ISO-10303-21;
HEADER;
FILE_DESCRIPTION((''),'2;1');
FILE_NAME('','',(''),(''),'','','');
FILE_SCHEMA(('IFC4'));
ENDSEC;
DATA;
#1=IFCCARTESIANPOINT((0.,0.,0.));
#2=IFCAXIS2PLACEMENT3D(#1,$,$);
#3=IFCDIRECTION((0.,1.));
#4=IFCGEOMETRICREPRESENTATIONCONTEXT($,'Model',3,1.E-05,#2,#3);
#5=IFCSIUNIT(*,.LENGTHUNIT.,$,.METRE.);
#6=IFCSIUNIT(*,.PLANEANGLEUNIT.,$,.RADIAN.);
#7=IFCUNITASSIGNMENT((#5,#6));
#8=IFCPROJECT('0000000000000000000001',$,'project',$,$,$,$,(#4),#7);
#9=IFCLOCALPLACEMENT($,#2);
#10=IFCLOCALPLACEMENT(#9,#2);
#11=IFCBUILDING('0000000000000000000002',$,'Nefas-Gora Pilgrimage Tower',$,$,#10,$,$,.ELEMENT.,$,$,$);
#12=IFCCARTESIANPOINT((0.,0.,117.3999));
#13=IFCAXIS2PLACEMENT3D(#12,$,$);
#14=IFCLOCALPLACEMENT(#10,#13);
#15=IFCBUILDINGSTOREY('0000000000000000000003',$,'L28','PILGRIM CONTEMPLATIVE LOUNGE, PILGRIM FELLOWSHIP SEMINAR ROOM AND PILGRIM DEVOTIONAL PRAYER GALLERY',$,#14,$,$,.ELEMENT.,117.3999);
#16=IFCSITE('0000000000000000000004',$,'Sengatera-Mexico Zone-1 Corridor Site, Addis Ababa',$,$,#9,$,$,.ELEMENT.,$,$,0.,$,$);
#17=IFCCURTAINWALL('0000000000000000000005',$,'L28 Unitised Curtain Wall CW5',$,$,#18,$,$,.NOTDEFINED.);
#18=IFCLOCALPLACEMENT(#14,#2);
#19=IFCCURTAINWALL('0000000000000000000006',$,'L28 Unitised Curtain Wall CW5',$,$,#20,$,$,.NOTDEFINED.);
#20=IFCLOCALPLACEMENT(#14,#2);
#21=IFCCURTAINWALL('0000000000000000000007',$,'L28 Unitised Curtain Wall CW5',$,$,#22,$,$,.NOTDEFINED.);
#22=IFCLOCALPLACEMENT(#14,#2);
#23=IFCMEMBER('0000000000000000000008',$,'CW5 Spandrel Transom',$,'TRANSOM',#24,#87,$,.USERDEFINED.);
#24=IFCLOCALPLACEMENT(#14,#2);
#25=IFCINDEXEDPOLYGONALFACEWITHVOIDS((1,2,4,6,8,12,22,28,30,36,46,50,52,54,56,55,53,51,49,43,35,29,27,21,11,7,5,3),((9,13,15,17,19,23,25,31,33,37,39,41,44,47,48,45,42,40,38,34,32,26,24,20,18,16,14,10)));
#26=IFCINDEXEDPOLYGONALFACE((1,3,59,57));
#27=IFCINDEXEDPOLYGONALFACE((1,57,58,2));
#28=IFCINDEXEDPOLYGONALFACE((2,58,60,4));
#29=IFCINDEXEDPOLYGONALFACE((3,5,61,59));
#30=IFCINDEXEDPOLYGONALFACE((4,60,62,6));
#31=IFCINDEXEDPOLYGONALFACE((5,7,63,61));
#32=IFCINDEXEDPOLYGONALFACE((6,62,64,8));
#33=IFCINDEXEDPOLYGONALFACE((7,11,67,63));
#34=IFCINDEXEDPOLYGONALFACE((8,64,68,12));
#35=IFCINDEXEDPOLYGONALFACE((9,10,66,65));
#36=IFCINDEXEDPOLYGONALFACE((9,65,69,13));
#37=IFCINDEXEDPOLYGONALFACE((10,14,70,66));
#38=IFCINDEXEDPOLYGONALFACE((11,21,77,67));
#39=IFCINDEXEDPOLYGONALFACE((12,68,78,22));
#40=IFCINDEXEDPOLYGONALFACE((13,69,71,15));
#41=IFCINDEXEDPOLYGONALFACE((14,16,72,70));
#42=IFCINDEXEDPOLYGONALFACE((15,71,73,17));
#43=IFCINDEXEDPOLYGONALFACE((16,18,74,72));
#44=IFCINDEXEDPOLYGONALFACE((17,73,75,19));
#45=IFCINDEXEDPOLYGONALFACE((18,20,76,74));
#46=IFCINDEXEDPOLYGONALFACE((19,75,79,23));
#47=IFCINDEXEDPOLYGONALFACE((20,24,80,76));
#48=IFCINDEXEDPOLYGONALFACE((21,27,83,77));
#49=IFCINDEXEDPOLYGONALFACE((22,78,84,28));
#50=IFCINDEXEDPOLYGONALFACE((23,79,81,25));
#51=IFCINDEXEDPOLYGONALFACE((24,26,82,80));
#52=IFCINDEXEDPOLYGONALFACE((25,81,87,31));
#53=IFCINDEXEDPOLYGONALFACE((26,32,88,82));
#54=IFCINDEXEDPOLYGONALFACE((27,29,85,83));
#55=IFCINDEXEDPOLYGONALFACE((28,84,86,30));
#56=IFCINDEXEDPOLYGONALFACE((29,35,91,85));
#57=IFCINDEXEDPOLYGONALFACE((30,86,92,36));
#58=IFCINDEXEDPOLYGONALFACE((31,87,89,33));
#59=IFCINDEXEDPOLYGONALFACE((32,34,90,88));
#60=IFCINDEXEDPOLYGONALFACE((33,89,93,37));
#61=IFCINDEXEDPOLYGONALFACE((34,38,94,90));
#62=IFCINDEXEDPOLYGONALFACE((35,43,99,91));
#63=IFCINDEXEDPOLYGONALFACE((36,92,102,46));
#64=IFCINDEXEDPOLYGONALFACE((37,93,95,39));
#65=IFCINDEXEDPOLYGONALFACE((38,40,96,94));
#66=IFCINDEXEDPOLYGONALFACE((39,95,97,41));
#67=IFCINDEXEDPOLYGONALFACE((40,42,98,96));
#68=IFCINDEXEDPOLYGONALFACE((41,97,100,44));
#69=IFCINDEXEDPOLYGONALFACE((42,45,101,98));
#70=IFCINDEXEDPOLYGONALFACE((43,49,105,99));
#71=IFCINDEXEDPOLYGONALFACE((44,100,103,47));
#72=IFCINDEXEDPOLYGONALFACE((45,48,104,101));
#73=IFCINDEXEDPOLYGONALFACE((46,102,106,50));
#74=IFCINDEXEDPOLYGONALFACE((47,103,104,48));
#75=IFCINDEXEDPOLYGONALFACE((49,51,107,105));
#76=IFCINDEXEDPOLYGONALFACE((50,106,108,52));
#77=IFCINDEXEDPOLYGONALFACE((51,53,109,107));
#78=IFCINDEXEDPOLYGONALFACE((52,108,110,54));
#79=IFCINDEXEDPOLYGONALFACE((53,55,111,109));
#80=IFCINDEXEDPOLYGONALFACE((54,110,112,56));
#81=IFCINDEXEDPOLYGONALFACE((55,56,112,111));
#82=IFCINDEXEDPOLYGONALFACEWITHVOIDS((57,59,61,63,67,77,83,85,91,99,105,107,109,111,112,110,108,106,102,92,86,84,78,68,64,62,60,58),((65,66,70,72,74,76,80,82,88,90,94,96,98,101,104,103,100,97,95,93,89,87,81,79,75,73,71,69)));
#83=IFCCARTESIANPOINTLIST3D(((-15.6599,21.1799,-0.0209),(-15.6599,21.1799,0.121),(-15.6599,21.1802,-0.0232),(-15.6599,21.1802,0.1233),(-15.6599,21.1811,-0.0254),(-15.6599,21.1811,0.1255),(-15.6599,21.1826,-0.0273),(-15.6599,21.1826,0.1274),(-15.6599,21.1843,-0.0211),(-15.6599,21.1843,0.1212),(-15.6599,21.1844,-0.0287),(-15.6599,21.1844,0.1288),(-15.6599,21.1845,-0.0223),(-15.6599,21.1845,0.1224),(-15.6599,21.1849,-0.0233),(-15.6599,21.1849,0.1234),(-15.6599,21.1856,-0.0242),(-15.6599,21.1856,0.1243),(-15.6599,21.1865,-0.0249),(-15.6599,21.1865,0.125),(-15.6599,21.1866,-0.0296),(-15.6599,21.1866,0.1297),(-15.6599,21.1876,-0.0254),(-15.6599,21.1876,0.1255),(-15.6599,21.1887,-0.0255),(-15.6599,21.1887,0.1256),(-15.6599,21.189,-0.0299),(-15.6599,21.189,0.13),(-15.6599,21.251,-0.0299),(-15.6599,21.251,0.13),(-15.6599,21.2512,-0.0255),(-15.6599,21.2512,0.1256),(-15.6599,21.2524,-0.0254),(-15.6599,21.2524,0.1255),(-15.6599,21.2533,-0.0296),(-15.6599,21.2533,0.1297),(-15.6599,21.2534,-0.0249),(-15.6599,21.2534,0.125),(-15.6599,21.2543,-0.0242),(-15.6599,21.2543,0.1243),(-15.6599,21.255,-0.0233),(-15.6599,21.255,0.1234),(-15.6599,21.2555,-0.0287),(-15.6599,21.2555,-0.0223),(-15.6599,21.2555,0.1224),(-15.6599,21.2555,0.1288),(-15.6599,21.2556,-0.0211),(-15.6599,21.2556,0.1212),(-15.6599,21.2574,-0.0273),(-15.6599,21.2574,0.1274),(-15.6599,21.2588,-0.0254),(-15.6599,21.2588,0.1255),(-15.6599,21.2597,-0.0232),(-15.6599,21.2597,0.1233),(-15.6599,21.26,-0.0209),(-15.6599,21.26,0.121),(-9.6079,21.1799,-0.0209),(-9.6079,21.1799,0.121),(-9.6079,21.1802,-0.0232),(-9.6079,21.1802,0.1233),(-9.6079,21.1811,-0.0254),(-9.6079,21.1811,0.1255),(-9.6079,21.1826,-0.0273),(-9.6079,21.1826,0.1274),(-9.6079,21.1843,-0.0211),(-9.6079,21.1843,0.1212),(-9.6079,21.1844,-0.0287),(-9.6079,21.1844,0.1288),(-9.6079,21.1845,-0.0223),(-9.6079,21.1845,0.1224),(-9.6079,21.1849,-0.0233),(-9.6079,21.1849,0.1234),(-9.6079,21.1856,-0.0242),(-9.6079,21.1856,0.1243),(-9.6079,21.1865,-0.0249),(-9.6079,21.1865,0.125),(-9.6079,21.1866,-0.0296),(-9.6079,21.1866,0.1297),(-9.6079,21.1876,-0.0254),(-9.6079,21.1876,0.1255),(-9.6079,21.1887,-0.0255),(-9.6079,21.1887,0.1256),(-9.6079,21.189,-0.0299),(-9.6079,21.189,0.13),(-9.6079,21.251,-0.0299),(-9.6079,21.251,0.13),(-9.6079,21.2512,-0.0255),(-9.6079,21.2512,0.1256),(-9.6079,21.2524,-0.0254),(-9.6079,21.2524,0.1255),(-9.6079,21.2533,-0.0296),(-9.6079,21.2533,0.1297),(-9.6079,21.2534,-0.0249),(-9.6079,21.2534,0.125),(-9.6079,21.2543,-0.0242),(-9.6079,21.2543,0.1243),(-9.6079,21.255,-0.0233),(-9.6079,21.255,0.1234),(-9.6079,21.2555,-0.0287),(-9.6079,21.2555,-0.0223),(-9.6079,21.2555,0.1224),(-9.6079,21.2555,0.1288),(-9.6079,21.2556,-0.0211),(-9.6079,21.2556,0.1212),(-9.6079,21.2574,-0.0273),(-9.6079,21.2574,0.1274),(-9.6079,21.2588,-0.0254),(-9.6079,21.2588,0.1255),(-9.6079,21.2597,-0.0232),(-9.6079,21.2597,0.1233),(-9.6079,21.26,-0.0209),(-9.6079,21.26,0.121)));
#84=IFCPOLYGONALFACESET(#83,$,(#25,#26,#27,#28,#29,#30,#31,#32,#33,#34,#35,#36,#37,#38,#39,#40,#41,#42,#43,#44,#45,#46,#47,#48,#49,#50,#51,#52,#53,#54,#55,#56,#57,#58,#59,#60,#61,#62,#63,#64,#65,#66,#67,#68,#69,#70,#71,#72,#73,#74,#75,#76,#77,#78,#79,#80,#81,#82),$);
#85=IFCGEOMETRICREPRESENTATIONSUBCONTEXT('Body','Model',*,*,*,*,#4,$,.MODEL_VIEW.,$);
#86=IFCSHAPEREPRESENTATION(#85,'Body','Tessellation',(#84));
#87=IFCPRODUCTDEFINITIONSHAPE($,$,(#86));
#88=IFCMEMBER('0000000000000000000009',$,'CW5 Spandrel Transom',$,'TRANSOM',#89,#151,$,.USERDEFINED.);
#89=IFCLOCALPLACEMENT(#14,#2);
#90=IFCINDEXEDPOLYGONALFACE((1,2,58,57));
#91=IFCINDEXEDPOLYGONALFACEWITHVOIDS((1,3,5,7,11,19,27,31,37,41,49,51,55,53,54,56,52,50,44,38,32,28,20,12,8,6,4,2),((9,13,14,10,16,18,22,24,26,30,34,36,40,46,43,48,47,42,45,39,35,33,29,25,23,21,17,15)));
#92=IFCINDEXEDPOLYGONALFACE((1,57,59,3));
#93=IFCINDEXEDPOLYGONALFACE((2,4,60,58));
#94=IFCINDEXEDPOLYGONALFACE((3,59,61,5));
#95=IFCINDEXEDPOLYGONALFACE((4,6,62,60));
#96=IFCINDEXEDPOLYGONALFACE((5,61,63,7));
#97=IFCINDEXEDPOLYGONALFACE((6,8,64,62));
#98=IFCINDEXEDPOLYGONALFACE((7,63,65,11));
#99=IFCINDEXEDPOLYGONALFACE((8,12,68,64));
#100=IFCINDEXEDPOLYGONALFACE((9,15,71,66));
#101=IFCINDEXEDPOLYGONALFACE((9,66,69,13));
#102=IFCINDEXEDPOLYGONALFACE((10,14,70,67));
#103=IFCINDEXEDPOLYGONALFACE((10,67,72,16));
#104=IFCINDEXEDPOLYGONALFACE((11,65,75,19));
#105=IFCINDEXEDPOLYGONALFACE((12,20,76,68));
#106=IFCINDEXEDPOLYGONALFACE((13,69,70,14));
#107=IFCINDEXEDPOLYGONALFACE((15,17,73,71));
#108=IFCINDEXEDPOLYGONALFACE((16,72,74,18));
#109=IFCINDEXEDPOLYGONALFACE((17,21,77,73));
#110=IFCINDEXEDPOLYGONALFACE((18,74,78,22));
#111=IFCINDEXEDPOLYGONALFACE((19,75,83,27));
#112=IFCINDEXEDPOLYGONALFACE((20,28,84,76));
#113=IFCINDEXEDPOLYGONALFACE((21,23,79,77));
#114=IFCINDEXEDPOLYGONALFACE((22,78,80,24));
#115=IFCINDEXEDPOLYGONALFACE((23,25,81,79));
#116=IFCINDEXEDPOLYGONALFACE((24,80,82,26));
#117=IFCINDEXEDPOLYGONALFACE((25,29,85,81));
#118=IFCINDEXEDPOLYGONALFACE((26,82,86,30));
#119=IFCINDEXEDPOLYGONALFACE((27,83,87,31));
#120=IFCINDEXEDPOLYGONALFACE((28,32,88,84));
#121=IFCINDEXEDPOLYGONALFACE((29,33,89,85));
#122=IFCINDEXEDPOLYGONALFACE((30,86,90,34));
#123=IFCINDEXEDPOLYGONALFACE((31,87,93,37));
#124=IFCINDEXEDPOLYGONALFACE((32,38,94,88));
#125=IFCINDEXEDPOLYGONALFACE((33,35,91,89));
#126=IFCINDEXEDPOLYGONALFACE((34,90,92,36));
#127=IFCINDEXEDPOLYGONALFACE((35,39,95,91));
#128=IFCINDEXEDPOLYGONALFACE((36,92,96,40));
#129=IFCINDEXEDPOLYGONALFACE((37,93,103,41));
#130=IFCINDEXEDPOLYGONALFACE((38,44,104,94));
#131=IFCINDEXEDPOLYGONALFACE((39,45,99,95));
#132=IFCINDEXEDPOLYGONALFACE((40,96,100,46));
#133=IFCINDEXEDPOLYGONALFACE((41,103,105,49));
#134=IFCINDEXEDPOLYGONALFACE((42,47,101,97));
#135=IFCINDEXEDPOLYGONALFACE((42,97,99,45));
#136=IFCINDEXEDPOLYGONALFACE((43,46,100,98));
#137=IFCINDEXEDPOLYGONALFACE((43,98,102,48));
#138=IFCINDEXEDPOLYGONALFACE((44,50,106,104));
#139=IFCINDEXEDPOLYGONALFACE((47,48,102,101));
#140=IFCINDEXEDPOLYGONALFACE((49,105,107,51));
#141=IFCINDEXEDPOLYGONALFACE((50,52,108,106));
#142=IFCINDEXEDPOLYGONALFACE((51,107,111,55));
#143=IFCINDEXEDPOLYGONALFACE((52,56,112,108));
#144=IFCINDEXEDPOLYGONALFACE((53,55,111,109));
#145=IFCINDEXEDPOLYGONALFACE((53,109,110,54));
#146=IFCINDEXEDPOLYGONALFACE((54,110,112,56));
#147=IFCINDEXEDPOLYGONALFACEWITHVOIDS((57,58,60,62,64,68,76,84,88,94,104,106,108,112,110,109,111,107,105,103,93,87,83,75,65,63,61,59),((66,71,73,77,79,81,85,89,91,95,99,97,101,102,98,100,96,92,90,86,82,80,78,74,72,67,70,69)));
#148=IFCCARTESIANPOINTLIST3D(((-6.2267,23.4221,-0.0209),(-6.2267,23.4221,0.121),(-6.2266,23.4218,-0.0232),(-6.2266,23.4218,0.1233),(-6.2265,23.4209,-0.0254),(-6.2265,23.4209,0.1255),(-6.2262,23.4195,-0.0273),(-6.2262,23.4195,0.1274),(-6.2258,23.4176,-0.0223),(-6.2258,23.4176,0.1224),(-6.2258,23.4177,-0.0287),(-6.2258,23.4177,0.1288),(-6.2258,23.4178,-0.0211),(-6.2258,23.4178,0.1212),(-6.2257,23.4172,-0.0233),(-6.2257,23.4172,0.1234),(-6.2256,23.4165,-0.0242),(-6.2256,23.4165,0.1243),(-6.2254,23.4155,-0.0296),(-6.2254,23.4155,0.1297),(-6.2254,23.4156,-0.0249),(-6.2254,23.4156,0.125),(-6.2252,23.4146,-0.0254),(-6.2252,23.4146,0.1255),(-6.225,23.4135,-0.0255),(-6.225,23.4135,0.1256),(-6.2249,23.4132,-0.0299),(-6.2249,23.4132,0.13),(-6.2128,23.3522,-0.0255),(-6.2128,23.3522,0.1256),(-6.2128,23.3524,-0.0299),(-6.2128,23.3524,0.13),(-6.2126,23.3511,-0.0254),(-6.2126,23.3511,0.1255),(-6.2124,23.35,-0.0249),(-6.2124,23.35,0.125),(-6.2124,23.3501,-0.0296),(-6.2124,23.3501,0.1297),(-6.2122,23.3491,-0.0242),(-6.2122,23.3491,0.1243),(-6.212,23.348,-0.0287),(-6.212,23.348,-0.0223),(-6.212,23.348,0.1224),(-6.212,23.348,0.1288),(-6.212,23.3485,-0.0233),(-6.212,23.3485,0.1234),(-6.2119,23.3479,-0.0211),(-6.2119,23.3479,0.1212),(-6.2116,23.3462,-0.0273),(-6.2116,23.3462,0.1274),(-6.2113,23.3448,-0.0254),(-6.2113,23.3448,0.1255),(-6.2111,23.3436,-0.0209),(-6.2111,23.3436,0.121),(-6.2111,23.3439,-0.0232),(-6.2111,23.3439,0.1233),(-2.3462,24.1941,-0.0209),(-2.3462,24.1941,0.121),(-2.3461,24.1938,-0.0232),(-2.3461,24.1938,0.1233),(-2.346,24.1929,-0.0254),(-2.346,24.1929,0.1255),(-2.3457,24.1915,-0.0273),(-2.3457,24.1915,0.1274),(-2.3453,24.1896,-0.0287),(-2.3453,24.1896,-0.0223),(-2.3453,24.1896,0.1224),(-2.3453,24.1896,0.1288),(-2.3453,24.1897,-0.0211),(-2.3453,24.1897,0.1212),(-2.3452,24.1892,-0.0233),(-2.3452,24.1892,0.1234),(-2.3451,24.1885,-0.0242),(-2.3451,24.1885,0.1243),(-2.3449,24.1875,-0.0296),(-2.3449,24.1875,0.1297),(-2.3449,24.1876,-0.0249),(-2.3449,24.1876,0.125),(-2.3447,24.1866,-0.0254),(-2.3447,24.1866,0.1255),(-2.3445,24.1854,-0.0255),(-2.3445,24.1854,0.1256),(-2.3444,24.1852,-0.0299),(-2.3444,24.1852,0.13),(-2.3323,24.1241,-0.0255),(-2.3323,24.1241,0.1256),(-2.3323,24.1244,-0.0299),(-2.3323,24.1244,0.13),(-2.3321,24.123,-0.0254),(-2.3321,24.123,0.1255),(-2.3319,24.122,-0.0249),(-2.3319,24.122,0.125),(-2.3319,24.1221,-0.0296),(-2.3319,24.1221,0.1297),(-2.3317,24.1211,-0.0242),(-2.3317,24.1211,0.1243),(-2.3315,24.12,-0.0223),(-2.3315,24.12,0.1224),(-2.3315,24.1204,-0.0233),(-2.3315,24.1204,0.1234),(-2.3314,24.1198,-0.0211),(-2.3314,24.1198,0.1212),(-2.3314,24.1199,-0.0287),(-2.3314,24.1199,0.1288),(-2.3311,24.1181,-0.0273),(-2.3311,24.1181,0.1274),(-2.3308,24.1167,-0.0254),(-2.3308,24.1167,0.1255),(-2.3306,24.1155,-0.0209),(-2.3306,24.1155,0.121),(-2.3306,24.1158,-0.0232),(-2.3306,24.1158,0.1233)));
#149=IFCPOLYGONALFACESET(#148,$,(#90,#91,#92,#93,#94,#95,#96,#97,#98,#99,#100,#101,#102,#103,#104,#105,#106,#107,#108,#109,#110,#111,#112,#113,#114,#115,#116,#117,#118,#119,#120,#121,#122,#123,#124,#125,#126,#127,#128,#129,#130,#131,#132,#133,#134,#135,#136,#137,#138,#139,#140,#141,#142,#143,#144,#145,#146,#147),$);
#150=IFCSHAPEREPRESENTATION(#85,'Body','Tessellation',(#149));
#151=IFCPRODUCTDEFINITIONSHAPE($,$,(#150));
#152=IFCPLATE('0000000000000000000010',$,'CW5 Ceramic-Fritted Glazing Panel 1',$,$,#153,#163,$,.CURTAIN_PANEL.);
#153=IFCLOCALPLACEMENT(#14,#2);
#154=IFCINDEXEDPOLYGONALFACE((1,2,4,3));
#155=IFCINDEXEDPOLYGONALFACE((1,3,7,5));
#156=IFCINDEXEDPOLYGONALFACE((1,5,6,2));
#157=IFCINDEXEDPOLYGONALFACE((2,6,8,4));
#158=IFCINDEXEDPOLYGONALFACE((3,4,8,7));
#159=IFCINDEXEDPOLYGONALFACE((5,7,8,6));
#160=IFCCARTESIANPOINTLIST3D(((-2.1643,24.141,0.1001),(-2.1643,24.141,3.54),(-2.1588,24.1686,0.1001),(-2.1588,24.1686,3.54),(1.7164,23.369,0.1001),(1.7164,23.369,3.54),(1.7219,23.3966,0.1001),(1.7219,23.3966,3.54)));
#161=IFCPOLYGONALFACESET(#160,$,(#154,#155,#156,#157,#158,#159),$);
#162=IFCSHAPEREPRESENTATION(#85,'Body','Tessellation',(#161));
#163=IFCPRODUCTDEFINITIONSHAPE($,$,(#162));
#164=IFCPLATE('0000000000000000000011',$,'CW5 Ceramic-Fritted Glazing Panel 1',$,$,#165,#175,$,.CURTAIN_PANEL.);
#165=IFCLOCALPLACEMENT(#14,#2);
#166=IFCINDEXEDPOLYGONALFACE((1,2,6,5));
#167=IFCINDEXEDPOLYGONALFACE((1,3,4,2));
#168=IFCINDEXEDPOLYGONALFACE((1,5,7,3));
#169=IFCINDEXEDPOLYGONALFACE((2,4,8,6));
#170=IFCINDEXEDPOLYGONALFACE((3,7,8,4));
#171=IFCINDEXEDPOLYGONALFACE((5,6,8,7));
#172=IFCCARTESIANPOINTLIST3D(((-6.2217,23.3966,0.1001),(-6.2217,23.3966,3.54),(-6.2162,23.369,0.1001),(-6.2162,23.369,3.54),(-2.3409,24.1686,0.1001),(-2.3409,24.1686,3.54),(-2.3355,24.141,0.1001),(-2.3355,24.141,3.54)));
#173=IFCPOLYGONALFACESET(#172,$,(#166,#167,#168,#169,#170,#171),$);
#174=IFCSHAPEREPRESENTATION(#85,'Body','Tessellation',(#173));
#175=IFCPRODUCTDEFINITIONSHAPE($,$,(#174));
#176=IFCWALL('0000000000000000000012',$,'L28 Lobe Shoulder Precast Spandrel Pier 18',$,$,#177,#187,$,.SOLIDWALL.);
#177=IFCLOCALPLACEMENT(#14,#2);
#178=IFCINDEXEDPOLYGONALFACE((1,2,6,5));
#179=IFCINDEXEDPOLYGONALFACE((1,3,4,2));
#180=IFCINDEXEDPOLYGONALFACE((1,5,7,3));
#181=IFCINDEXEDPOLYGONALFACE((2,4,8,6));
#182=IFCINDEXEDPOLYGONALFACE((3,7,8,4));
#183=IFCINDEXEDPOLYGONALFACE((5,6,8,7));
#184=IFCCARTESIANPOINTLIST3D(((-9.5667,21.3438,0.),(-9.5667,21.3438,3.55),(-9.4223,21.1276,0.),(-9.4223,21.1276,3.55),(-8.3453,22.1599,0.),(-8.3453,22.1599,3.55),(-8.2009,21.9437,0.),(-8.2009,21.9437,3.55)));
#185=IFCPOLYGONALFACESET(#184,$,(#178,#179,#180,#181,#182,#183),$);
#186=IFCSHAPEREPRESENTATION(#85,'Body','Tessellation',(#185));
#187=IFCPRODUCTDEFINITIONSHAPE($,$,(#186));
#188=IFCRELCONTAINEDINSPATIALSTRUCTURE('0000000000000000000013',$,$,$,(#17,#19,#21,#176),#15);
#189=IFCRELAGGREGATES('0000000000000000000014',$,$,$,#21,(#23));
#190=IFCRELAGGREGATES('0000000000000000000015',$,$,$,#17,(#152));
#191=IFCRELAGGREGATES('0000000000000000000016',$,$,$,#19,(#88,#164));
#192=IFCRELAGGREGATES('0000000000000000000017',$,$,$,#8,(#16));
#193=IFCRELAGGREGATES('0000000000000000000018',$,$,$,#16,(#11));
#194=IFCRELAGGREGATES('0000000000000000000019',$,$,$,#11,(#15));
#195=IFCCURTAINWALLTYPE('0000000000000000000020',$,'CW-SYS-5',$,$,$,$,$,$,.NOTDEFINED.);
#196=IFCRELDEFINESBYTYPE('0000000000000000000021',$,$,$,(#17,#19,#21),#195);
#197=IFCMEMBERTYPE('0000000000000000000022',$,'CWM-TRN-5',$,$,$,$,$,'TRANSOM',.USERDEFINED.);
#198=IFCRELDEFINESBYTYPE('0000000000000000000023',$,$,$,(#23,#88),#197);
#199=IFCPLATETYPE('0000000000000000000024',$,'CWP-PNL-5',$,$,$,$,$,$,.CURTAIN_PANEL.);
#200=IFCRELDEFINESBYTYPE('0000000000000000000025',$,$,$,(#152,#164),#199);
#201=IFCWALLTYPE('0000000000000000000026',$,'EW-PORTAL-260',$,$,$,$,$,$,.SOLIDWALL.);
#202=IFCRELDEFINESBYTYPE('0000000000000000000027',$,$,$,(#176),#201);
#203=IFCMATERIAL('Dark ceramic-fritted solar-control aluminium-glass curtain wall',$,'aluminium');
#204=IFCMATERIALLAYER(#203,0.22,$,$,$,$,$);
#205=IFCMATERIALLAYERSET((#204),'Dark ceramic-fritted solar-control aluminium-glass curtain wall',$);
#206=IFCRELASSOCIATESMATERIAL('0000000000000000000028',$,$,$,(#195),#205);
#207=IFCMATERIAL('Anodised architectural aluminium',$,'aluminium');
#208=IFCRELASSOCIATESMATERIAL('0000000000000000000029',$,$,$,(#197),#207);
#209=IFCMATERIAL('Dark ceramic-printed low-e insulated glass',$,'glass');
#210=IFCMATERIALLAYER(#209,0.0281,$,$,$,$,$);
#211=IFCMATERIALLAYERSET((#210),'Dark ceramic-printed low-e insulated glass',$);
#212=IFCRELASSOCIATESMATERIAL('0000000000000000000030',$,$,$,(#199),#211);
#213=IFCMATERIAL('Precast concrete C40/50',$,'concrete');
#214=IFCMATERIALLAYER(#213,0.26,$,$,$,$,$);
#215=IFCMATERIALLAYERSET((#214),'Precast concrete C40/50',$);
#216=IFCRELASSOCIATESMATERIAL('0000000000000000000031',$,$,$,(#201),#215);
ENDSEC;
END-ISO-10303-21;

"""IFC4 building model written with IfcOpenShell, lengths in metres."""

from ifc_helpers import new_model, si_unit, direction, frame, frame_2d, origin, origin_2d, place, context, subcontext, project, spatial, rectangle, hollow_rectangle, extrude, source, transform, mapped, material, layer, layer_set, material_profile, profile_set, type_object, element, aggregate, save


model = new_model("IFC4")

# Units and contexts
model_context = context("Model", 3, precision=1e-05, world=origin(), true_north=direction((0.0, 1.0)))
body_context = subcontext(model_context, "Body", "Model", "MODEL_VIEW")
ifc_project = project(units=[si_unit("LENGTHUNIT", "METRE"), si_unit("PLANEANGLEUNIT", "RADIAN")], contexts=[model_context])

# Site, building, storey
site_placement = place(None, origin())
site = spatial("IfcSite", under=ifc_project, at=site_placement, Name="Sengatera-Mexico Zone-1 Corridor Site, Addis Ababa", CompositionType="ELEMENT", RefElevation=0.0)
building_placement = place(site_placement, origin())
building = spatial("IfcBuilding", under=site, at=building_placement, Name="Nefas-Gora Pilgrimage Tower", CompositionType="ELEMENT")
storey_placement = place(building_placement, frame((0.0, 0.0, 117.3999)))
storey = spatial("IfcBuildingStorey", under=building, at=storey_placement, Name="L28", Description="PILGRIM CONTEMPLATIVE LOUNGE, PILGRIM FELLOWSHIP SEMINAR ROOM AND PILGRIM DEVOTIONAL PRAYER GALLERY", CompositionType="ELEMENT", Elevation=117.3999)

# Curtain wall
ifc_material_1 = material(Name="Dark ceramic-fritted solar-control aluminium-glass curtain wall", Category="aluminium")
ifc_layer_1 = layer(ifc_material_1, 0.22)
ifc_layer_set_1 = layer_set([ifc_layer_1], Name="Dark ceramic-fritted solar-control aluminium-glass curtain wall")
curtain_wall_type = type_object("IfcCurtainWallType", Name="CW-SYS-5", PredefinedType="NOTDEFINED", material=ifc_layer_set_1)
curtain_wall_1_placement = place(storey_placement, origin())
curtain_wall_1 = element("IfcCurtainWall", 1, at=curtain_wall_1_placement, inside=storey, type_object=curtain_wall_type, Name="L28 Unitised Curtain Wall CW5", PredefinedType="NOTDEFINED")
ifc_material_2 = material(Name="Anodised architectural aluminium", Category="aluminium")

# Curtain walls, member
curtain_wall_2_placement = place(storey_placement, origin())
curtain_wall_2 = element("IfcCurtainWall", 2, at=curtain_wall_2_placement, inside=storey, type_object=curtain_wall_type, Name="L28 Unitised Curtain Wall CW5", PredefinedType="NOTDEFINED")
curtain_wall_3_placement = place(storey_placement, origin())
curtain_wall_3 = element("IfcCurtainWall", 3, at=curtain_wall_3_placement, inside=storey, type_object=curtain_wall_type, Name="L28 Unitised Curtain Wall CW5", PredefinedType="NOTDEFINED")
ifc_material_profile_1 = material_profile(ifc_material_2, hollow_rectangle(XDim=0.0801, YDim=0.1599, WallThickness=0.0044, InnerFilletRadius=0.0044, OuterFilletRadius=0.009, at=origin_2d()), Name="ALU TRANSOM 80x160")
ifc_profile_set_1 = profile_set([ifc_material_profile_1], Name="Anodised architectural aluminium")
member_type_1 = type_object("IfcMemberType", Name="CWM-TRN-5", ElementType="TRANSOM", PredefinedType="USERDEFINED", material=ifc_profile_set_1)
shared_shape_1 = source(origin(), body_context, "Body", "SweptSolid", [
    extrude(hollow_rectangle(XDim=0.0801, YDim=0.1599, WallThickness=0.0044, InnerFilletRadius=0.0044, OuterFilletRadius=0.009, at=origin_2d()), origin(), (0.0, 0.0, 1.0), 6.052),
])
member_1_placement = place(storey_placement, frame((-9.6079, 21.22, 0.05), z_axis=(-1.0, 0.0, 0.0), x_axis=(0.0, -1.0, 0.0)))
member_1 = element("IfcMember", 4, at=member_1_placement, type_object=member_type_1, Name="CW5 Spandrel Transom", ObjectType="TRANSOM", PredefinedType="USERDEFINED", context=body_context, shape_type="MappedRepresentation", body=[
    mapped(shared_shape_1, transform((0.0, 0.0, 0.0), x_axis=(1.0, 0.0, 0.0), y_axis=(0.0, 1.0, 0.0), z_axis=(0.0, 0.0, 1.0), scale=1.0)),
])
aggregate(curtain_wall_3, [member_1])

# Member
shared_shape_2 = source(origin(), body_context, "Body", "SweptSolid", [
    extrude(hollow_rectangle(XDim=0.0801, YDim=0.1599, WallThickness=0.0044, InnerFilletRadius=0.0044, OuterFilletRadius=0.009, at=origin_2d()), origin(), (0.0, 0.0, 1.0), 3.9565),
])
member_2_placement = place(storey_placement, frame((-2.3384, 24.1548, 0.05), z_axis=(-0.980782, -0.195107, 0.0), x_axis=(0.195107, -0.980782, 0.0)))
member_2 = element("IfcMember", 5, at=member_2_placement, type_object=member_type_1, Name="CW5 Spandrel Transom", ObjectType="TRANSOM", PredefinedType="USERDEFINED", context=body_context, shape_type="MappedRepresentation", body=[
    mapped(shared_shape_2, transform((0.0, 0.0, 0.0), x_axis=(1.0, 0.0, 0.0), y_axis=(0.0, 1.0, 0.0), z_axis=(0.0, 0.0, 1.0), scale=1.0)),
])

# Plates
ifc_material_3 = material(Name="Dark ceramic-printed low-e insulated glass", Category="glass")
ifc_layer_2 = layer(ifc_material_3, 0.0281)
ifc_layer_set_2 = layer_set([ifc_layer_2], Name="Dark ceramic-printed low-e insulated glass")
plate_type = type_object("IfcPlateType", Name="CWP-PNL-5", PredefinedType="CURTAIN_PANEL", material=ifc_layer_set_2)
shared_shape_3 = source(origin(), body_context, "Body", "SweptSolid", [
    extrude(rectangle(XDim=3.9568, YDim=0.0281, at=origin_2d()), origin(), (0.0, 0.0, 1.0), 3.4399),
])
plate_1_placement = place(storey_placement, frame((-0.2212, 23.7688, 0.1001), z_axis=(0.0, 0.0, 1.0), x_axis=(-0.980783, 0.195102, 0.0)))
plate_1 = element("IfcPlate", 6, at=plate_1_placement, type_object=plate_type, Name="CW5 Ceramic-Fritted Glazing Panel 1", PredefinedType="CURTAIN_PANEL", context=body_context, shape_type="MappedRepresentation", body=[
    mapped(shared_shape_3, transform((0.0, 0.0, 0.0), x_axis=(1.0, 0.0, 0.0), y_axis=(0.0, 1.0, 0.0), z_axis=(0.0, 0.0, 1.0), scale=1.0)),
])
aggregate(curtain_wall_1, [plate_1])
plate_2_placement = place(storey_placement, frame((-4.2786, 23.7688, 0.1001), z_axis=(0.0, 0.0, 1.0), x_axis=(-0.980783, -0.195102, 0.0)))
plate_2 = element("IfcPlate", 7, at=plate_2_placement, type_object=plate_type, Name="CW5 Ceramic-Fritted Glazing Panel 1", PredefinedType="CURTAIN_PANEL", context=body_context, shape_type="MappedRepresentation", body=[
    mapped(shared_shape_3, transform((0.0, 0.0, 0.0), x_axis=(1.0, 0.0, 0.0), y_axis=(0.0, 1.0, 0.0), z_axis=(0.0, 0.0, 1.0), scale=1.0)),
])
aggregate(curtain_wall_2, [member_2, plate_2])

# Wall
ifc_material_4 = material(Name="Precast concrete C40/50", Category="concrete")
ifc_layer_3 = layer(ifc_material_4, 0.26)
ifc_layer_set_3 = layer_set([ifc_layer_3], Name="Precast concrete C40/50")
wall_type_1 = type_object("IfcWallType", Name="EW-PORTAL-260", PredefinedType="SOLIDWALL", material=ifc_layer_set_3)
shared_shape_4 = source(origin(), body_context, "Body", "SweptSolid", [
    extrude(rectangle(XDim=1.469, YDim=0.26, at=frame_2d((0.7344, 0.0))), origin(), (0.0, 0.0, 1.0), 3.55),
])
wall_1_placement = place(storey_placement, frame((-8.2732, 22.0518, 0.0), z_axis=(0.0, 0.0, 1.0), x_axis=(-0.831462, -0.555582, 0.0)))
element("IfcWall", 8, at=wall_1_placement, inside=storey, type_object=wall_type_1, Name="L28 Lobe Shoulder Precast Spandrel Pier 18", PredefinedType="SOLIDWALL", context=body_context, shape_type="MappedRepresentation", body=[
    mapped(shared_shape_4, transform((0.0, 0.0, 0.0), x_axis=(1.0, 0.0, 0.0), y_axis=(0.0, 1.0, 0.0), z_axis=(0.0, 0.0, 1.0), scale=1.0)),
])

save(model, "model.ifc")
